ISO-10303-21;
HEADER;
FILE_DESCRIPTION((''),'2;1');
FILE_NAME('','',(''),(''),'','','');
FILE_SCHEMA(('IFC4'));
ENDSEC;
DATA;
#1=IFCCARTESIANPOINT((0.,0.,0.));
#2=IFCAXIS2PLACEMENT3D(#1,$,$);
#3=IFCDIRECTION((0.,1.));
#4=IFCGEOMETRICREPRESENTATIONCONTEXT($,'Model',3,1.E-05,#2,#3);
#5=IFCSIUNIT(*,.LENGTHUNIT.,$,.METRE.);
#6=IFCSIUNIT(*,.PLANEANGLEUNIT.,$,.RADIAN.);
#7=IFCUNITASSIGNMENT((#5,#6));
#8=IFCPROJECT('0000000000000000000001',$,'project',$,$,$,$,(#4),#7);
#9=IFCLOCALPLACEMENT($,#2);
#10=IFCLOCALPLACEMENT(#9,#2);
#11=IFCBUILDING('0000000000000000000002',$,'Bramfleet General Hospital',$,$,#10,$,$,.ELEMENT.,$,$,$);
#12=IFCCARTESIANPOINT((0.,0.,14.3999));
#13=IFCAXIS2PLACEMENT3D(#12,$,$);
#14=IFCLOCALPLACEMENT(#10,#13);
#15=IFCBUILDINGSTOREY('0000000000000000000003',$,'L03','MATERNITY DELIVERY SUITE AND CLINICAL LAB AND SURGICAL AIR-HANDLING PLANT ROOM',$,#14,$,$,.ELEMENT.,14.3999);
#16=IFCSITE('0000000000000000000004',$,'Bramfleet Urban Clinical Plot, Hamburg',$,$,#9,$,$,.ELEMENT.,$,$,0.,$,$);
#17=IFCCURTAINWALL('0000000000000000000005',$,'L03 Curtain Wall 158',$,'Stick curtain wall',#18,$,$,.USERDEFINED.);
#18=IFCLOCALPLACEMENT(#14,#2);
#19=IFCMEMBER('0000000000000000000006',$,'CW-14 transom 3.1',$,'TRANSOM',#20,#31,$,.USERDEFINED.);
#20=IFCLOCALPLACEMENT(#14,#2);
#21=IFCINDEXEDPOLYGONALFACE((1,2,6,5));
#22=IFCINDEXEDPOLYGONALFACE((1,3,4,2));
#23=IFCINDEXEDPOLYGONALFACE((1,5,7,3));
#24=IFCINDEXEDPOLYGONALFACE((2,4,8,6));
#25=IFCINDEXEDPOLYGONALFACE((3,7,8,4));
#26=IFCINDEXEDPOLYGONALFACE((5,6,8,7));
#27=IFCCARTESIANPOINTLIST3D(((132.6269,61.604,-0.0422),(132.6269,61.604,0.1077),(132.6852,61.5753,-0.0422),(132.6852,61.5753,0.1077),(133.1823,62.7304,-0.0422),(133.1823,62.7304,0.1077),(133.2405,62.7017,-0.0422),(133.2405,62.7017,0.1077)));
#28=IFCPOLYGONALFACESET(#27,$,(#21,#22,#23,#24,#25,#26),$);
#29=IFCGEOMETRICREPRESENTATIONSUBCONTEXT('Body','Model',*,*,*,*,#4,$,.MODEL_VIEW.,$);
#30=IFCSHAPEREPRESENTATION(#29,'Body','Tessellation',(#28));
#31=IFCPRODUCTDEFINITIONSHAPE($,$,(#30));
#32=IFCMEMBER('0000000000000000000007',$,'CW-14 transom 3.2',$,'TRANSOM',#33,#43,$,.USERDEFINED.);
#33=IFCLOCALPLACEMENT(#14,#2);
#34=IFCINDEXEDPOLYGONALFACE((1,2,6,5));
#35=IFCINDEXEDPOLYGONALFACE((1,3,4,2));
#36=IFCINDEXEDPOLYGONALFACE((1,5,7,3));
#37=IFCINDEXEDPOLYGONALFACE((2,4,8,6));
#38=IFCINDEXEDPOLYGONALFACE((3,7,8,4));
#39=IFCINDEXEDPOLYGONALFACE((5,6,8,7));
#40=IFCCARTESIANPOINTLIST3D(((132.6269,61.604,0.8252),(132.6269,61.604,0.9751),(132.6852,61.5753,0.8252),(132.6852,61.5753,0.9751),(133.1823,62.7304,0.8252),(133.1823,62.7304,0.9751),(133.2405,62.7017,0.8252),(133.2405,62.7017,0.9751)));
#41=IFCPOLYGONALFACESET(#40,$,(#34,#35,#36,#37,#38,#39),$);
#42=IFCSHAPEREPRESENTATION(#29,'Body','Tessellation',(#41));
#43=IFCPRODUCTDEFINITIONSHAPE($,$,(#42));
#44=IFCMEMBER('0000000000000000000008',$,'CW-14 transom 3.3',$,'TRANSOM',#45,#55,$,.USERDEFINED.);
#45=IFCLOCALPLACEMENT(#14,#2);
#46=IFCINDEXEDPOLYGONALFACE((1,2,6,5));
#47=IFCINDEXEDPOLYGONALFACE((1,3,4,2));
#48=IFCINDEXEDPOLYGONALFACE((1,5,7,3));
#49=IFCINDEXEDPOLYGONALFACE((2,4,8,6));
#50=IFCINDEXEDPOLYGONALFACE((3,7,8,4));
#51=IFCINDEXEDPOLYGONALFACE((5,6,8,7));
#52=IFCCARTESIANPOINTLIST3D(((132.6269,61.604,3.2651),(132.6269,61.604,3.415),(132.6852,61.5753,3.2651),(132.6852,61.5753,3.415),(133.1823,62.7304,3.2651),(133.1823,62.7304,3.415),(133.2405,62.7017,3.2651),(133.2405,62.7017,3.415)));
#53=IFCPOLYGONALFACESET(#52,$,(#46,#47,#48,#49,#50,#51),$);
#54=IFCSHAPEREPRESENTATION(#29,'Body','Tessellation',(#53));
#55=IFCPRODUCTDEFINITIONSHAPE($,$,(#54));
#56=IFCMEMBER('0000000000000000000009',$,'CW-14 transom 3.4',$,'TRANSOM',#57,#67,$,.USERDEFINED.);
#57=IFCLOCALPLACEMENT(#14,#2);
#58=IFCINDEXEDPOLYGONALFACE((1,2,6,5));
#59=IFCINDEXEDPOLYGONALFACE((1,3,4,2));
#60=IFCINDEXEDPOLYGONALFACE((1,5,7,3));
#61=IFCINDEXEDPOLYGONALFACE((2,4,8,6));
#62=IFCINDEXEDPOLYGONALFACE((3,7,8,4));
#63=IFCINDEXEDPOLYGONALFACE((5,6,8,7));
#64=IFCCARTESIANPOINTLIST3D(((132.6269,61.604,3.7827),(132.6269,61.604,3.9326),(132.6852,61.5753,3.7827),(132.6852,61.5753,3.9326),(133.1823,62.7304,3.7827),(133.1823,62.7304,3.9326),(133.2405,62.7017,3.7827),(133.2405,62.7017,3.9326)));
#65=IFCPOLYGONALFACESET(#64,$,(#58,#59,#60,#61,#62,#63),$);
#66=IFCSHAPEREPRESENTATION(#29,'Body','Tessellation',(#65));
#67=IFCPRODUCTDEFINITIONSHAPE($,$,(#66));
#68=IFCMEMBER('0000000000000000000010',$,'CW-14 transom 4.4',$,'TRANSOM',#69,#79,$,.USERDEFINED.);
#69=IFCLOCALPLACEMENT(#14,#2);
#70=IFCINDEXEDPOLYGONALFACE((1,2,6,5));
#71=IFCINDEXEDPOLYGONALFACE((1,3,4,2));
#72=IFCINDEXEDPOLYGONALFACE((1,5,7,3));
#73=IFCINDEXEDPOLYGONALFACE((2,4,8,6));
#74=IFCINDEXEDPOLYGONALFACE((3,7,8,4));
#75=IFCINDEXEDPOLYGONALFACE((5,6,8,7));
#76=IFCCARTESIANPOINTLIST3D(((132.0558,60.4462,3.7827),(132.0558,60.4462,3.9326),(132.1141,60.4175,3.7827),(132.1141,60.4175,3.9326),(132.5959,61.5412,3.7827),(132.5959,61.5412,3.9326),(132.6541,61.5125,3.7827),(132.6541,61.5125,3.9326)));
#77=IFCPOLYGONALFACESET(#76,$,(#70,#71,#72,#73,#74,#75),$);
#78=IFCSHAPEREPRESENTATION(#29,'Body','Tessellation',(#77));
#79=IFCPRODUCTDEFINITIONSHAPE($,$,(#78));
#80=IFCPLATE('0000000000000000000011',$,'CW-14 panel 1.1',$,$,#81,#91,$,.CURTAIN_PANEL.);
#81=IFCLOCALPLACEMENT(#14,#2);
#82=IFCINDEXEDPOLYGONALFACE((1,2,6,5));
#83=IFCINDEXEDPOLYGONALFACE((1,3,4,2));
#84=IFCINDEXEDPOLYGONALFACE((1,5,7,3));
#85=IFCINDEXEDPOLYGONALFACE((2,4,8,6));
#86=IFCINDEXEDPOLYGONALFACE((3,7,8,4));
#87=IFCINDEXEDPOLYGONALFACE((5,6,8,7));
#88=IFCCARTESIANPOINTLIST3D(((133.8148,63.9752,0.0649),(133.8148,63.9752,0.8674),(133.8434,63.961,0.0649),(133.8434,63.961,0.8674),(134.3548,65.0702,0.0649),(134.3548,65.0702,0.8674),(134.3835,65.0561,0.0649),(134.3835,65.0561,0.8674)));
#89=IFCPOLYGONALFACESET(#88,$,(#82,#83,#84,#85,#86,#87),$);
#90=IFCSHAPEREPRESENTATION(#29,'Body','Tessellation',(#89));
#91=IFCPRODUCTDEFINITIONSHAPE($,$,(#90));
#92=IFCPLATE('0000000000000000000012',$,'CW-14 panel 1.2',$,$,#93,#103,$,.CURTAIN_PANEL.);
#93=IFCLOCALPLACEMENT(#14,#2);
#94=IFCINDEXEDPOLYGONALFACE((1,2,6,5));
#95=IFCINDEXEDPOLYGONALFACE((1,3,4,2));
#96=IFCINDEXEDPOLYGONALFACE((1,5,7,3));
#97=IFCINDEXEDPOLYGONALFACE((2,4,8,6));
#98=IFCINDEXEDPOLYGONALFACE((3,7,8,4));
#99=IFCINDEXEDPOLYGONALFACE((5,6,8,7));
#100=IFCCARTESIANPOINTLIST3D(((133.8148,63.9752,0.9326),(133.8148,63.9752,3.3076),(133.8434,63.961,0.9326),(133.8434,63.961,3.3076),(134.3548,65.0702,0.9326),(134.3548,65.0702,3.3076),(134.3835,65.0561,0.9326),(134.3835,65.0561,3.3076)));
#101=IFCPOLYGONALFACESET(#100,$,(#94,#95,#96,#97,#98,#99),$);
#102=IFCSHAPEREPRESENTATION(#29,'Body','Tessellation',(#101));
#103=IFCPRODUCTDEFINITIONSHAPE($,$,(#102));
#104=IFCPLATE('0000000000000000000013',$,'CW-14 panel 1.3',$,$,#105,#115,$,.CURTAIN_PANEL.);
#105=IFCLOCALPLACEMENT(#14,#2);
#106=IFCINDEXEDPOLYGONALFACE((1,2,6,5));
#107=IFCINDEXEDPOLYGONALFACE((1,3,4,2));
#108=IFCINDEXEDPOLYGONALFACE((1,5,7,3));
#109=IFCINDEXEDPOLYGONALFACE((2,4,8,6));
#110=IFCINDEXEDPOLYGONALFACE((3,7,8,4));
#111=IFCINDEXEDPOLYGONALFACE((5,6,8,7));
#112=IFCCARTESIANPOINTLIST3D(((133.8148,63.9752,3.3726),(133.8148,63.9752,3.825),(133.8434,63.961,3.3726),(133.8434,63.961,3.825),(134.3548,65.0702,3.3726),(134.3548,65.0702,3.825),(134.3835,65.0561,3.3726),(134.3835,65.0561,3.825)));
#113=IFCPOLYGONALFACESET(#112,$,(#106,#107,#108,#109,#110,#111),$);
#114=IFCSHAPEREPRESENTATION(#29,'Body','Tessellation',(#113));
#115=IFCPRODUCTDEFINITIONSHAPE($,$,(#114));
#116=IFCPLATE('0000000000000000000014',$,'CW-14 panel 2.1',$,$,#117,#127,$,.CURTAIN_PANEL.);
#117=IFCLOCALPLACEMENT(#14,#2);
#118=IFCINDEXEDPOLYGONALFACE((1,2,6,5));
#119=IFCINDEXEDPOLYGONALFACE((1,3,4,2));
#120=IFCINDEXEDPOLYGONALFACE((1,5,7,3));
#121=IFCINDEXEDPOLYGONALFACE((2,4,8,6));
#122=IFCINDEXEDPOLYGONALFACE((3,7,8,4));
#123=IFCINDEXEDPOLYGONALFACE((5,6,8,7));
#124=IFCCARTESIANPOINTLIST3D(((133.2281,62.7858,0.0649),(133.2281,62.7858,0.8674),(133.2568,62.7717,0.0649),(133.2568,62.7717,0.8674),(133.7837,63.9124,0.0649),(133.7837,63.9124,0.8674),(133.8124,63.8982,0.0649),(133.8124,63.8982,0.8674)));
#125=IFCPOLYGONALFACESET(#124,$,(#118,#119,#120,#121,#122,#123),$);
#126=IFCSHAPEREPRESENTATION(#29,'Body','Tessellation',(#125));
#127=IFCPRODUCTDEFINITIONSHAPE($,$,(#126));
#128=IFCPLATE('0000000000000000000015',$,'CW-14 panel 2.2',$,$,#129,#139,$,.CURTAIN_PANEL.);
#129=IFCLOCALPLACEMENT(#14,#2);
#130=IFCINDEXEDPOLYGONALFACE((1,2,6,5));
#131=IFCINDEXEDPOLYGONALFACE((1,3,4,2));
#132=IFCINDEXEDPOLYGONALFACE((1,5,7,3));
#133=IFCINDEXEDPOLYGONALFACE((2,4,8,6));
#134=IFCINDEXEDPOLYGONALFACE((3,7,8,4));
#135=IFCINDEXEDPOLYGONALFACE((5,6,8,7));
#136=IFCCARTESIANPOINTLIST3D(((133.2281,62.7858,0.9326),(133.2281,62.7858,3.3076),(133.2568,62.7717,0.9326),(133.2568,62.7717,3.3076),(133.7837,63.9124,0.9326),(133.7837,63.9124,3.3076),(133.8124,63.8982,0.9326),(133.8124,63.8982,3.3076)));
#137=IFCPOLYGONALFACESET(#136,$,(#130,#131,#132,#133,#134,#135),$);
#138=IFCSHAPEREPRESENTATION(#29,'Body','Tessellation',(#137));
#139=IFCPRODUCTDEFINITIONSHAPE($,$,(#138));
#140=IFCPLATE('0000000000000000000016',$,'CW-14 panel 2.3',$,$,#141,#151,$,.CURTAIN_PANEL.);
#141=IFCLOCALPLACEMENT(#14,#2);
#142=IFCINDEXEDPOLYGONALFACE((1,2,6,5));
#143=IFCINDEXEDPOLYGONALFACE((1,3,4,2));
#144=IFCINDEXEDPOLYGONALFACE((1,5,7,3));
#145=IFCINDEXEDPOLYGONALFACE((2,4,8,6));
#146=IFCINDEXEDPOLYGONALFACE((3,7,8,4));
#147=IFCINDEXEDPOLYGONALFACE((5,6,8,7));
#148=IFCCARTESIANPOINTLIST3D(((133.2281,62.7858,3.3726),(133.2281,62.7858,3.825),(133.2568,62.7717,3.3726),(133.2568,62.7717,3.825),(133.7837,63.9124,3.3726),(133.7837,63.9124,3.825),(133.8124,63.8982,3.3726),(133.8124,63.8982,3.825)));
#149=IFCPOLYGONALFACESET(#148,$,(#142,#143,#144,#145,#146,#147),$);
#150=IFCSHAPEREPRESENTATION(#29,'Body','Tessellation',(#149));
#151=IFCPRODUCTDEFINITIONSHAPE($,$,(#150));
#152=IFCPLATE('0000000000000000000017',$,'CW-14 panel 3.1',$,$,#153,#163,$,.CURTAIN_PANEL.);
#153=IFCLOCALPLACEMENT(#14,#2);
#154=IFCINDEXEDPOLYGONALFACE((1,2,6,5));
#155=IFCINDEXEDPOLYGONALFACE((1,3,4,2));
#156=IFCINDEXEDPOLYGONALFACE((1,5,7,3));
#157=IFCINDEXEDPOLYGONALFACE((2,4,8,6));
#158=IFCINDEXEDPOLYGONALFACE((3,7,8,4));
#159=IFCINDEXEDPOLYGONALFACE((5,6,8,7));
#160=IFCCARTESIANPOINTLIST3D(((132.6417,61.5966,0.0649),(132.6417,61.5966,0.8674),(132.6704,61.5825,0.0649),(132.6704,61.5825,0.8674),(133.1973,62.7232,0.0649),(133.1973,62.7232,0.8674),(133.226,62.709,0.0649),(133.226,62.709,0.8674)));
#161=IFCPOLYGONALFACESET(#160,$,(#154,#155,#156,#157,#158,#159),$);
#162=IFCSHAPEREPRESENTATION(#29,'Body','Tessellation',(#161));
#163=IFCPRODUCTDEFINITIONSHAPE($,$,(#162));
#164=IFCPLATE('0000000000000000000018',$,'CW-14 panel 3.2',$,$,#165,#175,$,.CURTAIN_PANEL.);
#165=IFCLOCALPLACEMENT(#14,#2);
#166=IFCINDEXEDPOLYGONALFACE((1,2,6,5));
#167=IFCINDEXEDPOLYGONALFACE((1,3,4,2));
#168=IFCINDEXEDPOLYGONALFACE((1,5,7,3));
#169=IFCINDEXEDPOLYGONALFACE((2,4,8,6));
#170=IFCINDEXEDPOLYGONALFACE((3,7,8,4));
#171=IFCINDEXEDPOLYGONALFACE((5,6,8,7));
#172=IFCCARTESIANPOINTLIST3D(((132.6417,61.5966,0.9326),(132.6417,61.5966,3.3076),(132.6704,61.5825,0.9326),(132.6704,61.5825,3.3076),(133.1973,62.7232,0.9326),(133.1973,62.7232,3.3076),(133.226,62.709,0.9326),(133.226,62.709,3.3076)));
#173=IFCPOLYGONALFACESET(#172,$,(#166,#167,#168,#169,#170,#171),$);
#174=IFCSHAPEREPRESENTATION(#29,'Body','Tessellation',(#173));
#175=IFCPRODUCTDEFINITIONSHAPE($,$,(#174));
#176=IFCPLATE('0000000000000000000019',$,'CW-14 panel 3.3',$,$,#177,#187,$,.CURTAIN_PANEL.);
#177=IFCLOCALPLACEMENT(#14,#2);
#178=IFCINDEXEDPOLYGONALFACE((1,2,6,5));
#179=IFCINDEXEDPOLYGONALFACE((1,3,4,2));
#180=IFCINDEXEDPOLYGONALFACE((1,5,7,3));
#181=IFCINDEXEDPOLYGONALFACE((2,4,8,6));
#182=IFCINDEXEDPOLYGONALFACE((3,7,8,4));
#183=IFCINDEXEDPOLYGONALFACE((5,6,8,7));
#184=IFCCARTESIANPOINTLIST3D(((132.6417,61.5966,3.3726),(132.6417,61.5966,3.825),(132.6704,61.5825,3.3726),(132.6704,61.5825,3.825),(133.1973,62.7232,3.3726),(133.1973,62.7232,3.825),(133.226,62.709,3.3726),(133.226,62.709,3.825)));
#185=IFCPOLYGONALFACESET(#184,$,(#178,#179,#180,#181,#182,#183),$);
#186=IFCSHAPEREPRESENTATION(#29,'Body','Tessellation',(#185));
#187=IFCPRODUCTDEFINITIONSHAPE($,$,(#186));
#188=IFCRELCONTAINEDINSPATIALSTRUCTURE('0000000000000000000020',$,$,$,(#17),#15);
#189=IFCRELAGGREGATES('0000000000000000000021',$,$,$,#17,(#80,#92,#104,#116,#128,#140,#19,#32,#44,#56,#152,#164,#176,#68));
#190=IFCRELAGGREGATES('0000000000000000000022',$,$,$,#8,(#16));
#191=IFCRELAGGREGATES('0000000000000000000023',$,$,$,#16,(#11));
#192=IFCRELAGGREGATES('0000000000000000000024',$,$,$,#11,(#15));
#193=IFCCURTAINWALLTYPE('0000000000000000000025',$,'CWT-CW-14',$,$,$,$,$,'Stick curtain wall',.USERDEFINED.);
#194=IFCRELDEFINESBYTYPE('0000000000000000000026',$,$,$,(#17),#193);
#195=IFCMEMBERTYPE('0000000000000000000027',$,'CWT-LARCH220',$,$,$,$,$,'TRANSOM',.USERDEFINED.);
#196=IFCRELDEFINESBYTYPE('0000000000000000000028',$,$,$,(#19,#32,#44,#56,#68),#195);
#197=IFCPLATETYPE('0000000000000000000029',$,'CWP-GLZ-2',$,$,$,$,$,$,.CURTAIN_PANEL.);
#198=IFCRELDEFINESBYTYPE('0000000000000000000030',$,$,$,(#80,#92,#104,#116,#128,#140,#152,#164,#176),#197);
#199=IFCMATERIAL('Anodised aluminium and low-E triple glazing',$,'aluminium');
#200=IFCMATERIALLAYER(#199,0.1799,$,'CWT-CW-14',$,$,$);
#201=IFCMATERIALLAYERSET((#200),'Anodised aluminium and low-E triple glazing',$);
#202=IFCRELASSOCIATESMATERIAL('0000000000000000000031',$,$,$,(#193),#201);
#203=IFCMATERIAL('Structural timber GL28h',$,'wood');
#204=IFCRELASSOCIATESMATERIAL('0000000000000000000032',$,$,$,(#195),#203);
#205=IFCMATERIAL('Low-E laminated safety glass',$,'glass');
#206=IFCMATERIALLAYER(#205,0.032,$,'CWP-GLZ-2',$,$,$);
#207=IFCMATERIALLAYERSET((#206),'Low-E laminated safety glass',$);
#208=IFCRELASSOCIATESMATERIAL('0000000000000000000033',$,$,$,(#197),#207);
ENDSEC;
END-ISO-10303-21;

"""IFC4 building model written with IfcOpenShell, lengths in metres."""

from ifc_helpers import new_model, si_unit, direction, frame, origin, origin_2d, place, context, subcontext, project, spatial, rectangle, extrude, material, layer, layer_set, material_profile, profile_set, type_object, element, aggregate, save


model = new_model("IFC4")

# Units and contexts
model_context = context("Model", 3, precision=1e-05, world=origin(), true_north=direction((0.0, 1.0)))
body_context = subcontext(model_context, "Body", "Model", "MODEL_VIEW")
ifc_project = project(units=[si_unit("LENGTHUNIT", "METRE"), si_unit("PLANEANGLEUNIT", "RADIAN")], contexts=[model_context])

# Site, building, storey
site_placement = place(None, origin())
site = spatial("IfcSite", under=ifc_project, at=site_placement, Name="Bramfleet Urban Clinical Plot, Hamburg", CompositionType="ELEMENT", RefElevation=0.0)
building_placement = place(site_placement, origin())
building = spatial("IfcBuilding", under=site, at=building_placement, Name="Bramfleet General Hospital", CompositionType="ELEMENT")
storey_placement = place(building_placement, frame((0.0, 0.0, 14.3999)))
storey = spatial("IfcBuildingStorey", under=building, at=storey_placement, Name="L03", Description="MATERNITY DELIVERY SUITE AND CLINICAL LAB AND SURGICAL AIR-HANDLING PLANT ROOM", CompositionType="ELEMENT", Elevation=14.3999)

# Curtain wall, members, plates
ifc_material_1 = material(Name="Anodised aluminium and low-E triple glazing", Category="aluminium")
ifc_layer_1 = layer(ifc_material_1, 0.1799, Name="CWT-CW-14")
ifc_layer_set_1 = layer_set([ifc_layer_1], Name="Anodised aluminium and low-E triple glazing")
curtain_wall_type = type_object("IfcCurtainWallType", Name="CWT-CW-14", ElementType="Stick curtain wall", PredefinedType="USERDEFINED", material=ifc_layer_set_1)
curtain_wall_placement = place(storey_placement, origin())
curtain_wall = element("IfcCurtainWall", 1, at=curtain_wall_placement, inside=storey, type_object=curtain_wall_type, Name="L03 Curtain Wall 158", ObjectType="Stick curtain wall", PredefinedType="USERDEFINED")
ifc_material_2 = material(Name="Structural timber GL28h", Category="wood")
ifc_material_profile_1 = material_profile(ifc_material_2, rectangle(XDim=0.0649, YDim=0.1499, at=origin_2d()), Name="LARCH 150x65")
ifc_profile_set_1 = profile_set([ifc_material_profile_1], Name="Structural timber GL28h")
member_type_1 = type_object("IfcMemberType", Name="CWT-LARCH220", ElementType="TRANSOM", PredefinedType="USERDEFINED", material=ifc_profile_set_1)
member_1_placement = place(storey_placement, frame((133.2114, 62.7161, 0.0327), z_axis=(-0.44223, -0.896902, 0.0), x_axis=(0.896902, -0.44223, 0.0)))
member_1 = element("IfcMember", 2, at=member_1_placement, type_object=member_type_1, Name="CW-14 transom 3.1", ObjectType="TRANSOM", PredefinedType="USERDEFINED", context=body_context, shape_type="SweptSolid", body=[
    extrude(rectangle(XDim=0.0649, YDim=0.1499, at=origin_2d()), origin(), (0.0, 0.0, 1.0), 1.2559),
])
member_2_placement = place(storey_placement, frame((133.2114, 62.7161, 0.9001), z_axis=(-0.44223, -0.896902, 0.0), x_axis=(0.896902, -0.44223, 0.0)))
member_2 = element("IfcMember", 3, at=member_2_placement, type_object=member_type_1, Name="CW-14 transom 3.2", ObjectType="TRANSOM", PredefinedType="USERDEFINED", context=body_context, shape_type="SweptSolid", body=[
    extrude(rectangle(XDim=0.0649, YDim=0.1499, at=origin_2d()), origin(), (0.0, 0.0, 1.0), 1.2559),
])
member_3_placement = place(storey_placement, frame((133.2114, 62.7161, 3.3401), z_axis=(-0.44223, -0.896902, 0.0), x_axis=(0.896902, -0.44223, 0.0)))
member_3 = element("IfcMember", 4, at=member_3_placement, type_object=member_type_1, Name="CW-14 transom 3.3", ObjectType="TRANSOM", PredefinedType="USERDEFINED", context=body_context, shape_type="SweptSolid", body=[
    extrude(rectangle(XDim=0.0649, YDim=0.1499, at=origin_2d()), origin(), (0.0, 0.0, 1.0), 1.2559),
])
member_4_placement = place(storey_placement, frame((133.2114, 62.7161, 3.8577), z_axis=(-0.44223, -0.896902, 0.0), x_axis=(0.896902, -0.44223, 0.0)))
member_4 = element("IfcMember", 5, at=member_4_placement, type_object=member_type_1, Name="CW-14 transom 3.4", ObjectType="TRANSOM", PredefinedType="USERDEFINED", context=body_context, shape_type="SweptSolid", body=[
    extrude(rectangle(XDim=0.0649, YDim=0.1499, at=origin_2d()), origin(), (0.0, 0.0, 1.0), 1.2559),
])
member_5_placement = place(storey_placement, frame((132.625, 61.5269, 3.8577), z_axis=(-0.442328, -0.896853, 0.0), x_axis=(0.896853, -0.442328, 0.0)))
member_5 = element("IfcMember", 6, at=member_5_placement, type_object=member_type_1, Name="CW-14 transom 4.4", ObjectType="TRANSOM", PredefinedType="USERDEFINED", context=body_context, shape_type="SweptSolid", body=[
    extrude(rectangle(XDim=0.0649, YDim=0.1499, at=origin_2d()), origin(), (0.0, 0.0, 1.0), 1.2209),
])
ifc_material_3 = material(Name="Low-E laminated safety glass", Category="glass")
ifc_layer_2 = layer(ifc_material_3, 0.032, Name="CWP-GLZ-2")
ifc_layer_set_2 = layer_set([ifc_layer_2], Name="Low-E laminated safety glass")
plate_type = type_object("IfcPlateType", Name="CWP-GLZ-2", PredefinedType="CURTAIN_PANEL", material=ifc_layer_set_2)
plate_1_placement = place(storey_placement, frame((134.0991, 64.5156, 0.0649), z_axis=(0.0, 0.0, 1.0), x_axis=(-0.442305, -0.896865, 0.0)))
plate_1 = element("IfcPlate", 7, at=plate_1_placement, type_object=plate_type, Name="CW-14 panel 1.1", PredefinedType="CURTAIN_PANEL", context=body_context, shape_type="SweptSolid", body=[
    extrude(rectangle(XDim=1.2209, YDim=0.032, at=origin_2d()), origin(), (0.0, 0.0, 1.0), 0.8025),
])
plate_2_placement = place(storey_placement, frame((134.0991, 64.5156, 0.9326), z_axis=(0.0, 0.0, 1.0), x_axis=(-0.442305, -0.896865, 0.0)))
plate_2 = element("IfcPlate", 8, at=plate_2_placement, type_object=plate_type, Name="CW-14 panel 1.2", PredefinedType="CURTAIN_PANEL", context=body_context, shape_type="SweptSolid", body=[
    extrude(rectangle(XDim=1.2209, YDim=0.032, at=origin_2d()), origin(), (0.0, 0.0, 1.0), 2.375),
])
plate_3_placement = place(storey_placement, frame((134.0991, 64.5156, 3.3726), z_axis=(0.0, 0.0, 1.0), x_axis=(-0.442305, -0.896865, 0.0)))
plate_3 = element("IfcPlate", 9, at=plate_3_placement, type_object=plate_type, Name="CW-14 panel 1.3", PredefinedType="CURTAIN_PANEL", context=body_context, shape_type="SweptSolid", body=[
    extrude(rectangle(XDim=1.2209, YDim=0.032, at=origin_2d()), origin(), (0.0, 0.0, 1.0), 0.4524),
])
plate_4_placement = place(storey_placement, frame((133.5203, 63.342, 0.0649), z_axis=(0.0, 0.0, 1.0), x_axis=(-0.442305, -0.896865, 0.0)))
plate_4 = element("IfcPlate", 10, at=plate_4_placement, type_object=plate_type, Name="CW-14 panel 2.1", PredefinedType="CURTAIN_PANEL", context=body_context, shape_type="SweptSolid", body=[
    extrude(rectangle(XDim=1.2561, YDim=0.032, at=origin_2d()), origin(), (0.0, 0.0, 1.0), 0.8025),
])
plate_5_placement = place(storey_placement, frame((133.5203, 63.342, 0.9326), z_axis=(0.0, 0.0, 1.0), x_axis=(-0.442305, -0.896865, 0.0)))
plate_5 = element("IfcPlate", 11, at=plate_5_placement, type_object=plate_type, Name="CW-14 panel 2.2", PredefinedType="CURTAIN_PANEL", context=body_context, shape_type="SweptSolid", body=[
    extrude(rectangle(XDim=1.2561, YDim=0.032, at=origin_2d()), origin(), (0.0, 0.0, 1.0), 2.375),
])
plate_6_placement = place(storey_placement, frame((133.5203, 63.342, 3.3726), z_axis=(0.0, 0.0, 1.0), x_axis=(-0.442305, -0.896865, 0.0)))
plate_6 = element("IfcPlate", 12, at=plate_6_placement, type_object=plate_type, Name="CW-14 panel 2.3", PredefinedType="CURTAIN_PANEL", context=body_context, shape_type="SweptSolid", body=[
    extrude(rectangle(XDim=1.2561, YDim=0.032, at=origin_2d()), origin(), (0.0, 0.0, 1.0), 0.4524),
])
plate_7_placement = place(storey_placement, frame((132.9338, 62.1528, 0.0649), z_axis=(0.0, 0.0, 1.0), x_axis=(-0.442305, -0.896865, 0.0)))
plate_7 = element("IfcPlate", 13, at=plate_7_placement, type_object=plate_type, Name="CW-14 panel 3.1", PredefinedType="CURTAIN_PANEL", context=body_context, shape_type="SweptSolid", body=[
    extrude(rectangle(XDim=1.2561, YDim=0.032, at=origin_2d()), origin(), (0.0, 0.0, 1.0), 0.8025),
])
plate_8_placement = place(storey_placement, frame((132.9338, 62.1528, 0.9326), z_axis=(0.0, 0.0, 1.0), x_axis=(-0.442305, -0.896865, 0.0)))
plate_8 = element("IfcPlate", 14, at=plate_8_placement, type_object=plate_type, Name="CW-14 panel 3.2", PredefinedType="CURTAIN_PANEL", context=body_context, shape_type="SweptSolid", body=[
    extrude(rectangle(XDim=1.2561, YDim=0.032, at=origin_2d()), origin(), (0.0, 0.0, 1.0), 2.375),
])
plate_9_placement = place(storey_placement, frame((132.9338, 62.1528, 3.3726), z_axis=(0.0, 0.0, 1.0), x_axis=(-0.442305, -0.896865, 0.0)))
plate_9 = element("IfcPlate", 15, at=plate_9_placement, type_object=plate_type, Name="CW-14 panel 3.3", PredefinedType="CURTAIN_PANEL", context=body_context, shape_type="SweptSolid", body=[
    extrude(rectangle(XDim=1.2561, YDim=0.032, at=origin_2d()), origin(), (0.0, 0.0, 1.0), 0.4524),
])
aggregate(curtain_wall, [plate_1, plate_2, plate_3, plate_4, plate_5, plate_6, member_1, member_2, member_3, member_4, plate_7, plate_8, plate_9, member_5])

save(model, "model.ifc")
